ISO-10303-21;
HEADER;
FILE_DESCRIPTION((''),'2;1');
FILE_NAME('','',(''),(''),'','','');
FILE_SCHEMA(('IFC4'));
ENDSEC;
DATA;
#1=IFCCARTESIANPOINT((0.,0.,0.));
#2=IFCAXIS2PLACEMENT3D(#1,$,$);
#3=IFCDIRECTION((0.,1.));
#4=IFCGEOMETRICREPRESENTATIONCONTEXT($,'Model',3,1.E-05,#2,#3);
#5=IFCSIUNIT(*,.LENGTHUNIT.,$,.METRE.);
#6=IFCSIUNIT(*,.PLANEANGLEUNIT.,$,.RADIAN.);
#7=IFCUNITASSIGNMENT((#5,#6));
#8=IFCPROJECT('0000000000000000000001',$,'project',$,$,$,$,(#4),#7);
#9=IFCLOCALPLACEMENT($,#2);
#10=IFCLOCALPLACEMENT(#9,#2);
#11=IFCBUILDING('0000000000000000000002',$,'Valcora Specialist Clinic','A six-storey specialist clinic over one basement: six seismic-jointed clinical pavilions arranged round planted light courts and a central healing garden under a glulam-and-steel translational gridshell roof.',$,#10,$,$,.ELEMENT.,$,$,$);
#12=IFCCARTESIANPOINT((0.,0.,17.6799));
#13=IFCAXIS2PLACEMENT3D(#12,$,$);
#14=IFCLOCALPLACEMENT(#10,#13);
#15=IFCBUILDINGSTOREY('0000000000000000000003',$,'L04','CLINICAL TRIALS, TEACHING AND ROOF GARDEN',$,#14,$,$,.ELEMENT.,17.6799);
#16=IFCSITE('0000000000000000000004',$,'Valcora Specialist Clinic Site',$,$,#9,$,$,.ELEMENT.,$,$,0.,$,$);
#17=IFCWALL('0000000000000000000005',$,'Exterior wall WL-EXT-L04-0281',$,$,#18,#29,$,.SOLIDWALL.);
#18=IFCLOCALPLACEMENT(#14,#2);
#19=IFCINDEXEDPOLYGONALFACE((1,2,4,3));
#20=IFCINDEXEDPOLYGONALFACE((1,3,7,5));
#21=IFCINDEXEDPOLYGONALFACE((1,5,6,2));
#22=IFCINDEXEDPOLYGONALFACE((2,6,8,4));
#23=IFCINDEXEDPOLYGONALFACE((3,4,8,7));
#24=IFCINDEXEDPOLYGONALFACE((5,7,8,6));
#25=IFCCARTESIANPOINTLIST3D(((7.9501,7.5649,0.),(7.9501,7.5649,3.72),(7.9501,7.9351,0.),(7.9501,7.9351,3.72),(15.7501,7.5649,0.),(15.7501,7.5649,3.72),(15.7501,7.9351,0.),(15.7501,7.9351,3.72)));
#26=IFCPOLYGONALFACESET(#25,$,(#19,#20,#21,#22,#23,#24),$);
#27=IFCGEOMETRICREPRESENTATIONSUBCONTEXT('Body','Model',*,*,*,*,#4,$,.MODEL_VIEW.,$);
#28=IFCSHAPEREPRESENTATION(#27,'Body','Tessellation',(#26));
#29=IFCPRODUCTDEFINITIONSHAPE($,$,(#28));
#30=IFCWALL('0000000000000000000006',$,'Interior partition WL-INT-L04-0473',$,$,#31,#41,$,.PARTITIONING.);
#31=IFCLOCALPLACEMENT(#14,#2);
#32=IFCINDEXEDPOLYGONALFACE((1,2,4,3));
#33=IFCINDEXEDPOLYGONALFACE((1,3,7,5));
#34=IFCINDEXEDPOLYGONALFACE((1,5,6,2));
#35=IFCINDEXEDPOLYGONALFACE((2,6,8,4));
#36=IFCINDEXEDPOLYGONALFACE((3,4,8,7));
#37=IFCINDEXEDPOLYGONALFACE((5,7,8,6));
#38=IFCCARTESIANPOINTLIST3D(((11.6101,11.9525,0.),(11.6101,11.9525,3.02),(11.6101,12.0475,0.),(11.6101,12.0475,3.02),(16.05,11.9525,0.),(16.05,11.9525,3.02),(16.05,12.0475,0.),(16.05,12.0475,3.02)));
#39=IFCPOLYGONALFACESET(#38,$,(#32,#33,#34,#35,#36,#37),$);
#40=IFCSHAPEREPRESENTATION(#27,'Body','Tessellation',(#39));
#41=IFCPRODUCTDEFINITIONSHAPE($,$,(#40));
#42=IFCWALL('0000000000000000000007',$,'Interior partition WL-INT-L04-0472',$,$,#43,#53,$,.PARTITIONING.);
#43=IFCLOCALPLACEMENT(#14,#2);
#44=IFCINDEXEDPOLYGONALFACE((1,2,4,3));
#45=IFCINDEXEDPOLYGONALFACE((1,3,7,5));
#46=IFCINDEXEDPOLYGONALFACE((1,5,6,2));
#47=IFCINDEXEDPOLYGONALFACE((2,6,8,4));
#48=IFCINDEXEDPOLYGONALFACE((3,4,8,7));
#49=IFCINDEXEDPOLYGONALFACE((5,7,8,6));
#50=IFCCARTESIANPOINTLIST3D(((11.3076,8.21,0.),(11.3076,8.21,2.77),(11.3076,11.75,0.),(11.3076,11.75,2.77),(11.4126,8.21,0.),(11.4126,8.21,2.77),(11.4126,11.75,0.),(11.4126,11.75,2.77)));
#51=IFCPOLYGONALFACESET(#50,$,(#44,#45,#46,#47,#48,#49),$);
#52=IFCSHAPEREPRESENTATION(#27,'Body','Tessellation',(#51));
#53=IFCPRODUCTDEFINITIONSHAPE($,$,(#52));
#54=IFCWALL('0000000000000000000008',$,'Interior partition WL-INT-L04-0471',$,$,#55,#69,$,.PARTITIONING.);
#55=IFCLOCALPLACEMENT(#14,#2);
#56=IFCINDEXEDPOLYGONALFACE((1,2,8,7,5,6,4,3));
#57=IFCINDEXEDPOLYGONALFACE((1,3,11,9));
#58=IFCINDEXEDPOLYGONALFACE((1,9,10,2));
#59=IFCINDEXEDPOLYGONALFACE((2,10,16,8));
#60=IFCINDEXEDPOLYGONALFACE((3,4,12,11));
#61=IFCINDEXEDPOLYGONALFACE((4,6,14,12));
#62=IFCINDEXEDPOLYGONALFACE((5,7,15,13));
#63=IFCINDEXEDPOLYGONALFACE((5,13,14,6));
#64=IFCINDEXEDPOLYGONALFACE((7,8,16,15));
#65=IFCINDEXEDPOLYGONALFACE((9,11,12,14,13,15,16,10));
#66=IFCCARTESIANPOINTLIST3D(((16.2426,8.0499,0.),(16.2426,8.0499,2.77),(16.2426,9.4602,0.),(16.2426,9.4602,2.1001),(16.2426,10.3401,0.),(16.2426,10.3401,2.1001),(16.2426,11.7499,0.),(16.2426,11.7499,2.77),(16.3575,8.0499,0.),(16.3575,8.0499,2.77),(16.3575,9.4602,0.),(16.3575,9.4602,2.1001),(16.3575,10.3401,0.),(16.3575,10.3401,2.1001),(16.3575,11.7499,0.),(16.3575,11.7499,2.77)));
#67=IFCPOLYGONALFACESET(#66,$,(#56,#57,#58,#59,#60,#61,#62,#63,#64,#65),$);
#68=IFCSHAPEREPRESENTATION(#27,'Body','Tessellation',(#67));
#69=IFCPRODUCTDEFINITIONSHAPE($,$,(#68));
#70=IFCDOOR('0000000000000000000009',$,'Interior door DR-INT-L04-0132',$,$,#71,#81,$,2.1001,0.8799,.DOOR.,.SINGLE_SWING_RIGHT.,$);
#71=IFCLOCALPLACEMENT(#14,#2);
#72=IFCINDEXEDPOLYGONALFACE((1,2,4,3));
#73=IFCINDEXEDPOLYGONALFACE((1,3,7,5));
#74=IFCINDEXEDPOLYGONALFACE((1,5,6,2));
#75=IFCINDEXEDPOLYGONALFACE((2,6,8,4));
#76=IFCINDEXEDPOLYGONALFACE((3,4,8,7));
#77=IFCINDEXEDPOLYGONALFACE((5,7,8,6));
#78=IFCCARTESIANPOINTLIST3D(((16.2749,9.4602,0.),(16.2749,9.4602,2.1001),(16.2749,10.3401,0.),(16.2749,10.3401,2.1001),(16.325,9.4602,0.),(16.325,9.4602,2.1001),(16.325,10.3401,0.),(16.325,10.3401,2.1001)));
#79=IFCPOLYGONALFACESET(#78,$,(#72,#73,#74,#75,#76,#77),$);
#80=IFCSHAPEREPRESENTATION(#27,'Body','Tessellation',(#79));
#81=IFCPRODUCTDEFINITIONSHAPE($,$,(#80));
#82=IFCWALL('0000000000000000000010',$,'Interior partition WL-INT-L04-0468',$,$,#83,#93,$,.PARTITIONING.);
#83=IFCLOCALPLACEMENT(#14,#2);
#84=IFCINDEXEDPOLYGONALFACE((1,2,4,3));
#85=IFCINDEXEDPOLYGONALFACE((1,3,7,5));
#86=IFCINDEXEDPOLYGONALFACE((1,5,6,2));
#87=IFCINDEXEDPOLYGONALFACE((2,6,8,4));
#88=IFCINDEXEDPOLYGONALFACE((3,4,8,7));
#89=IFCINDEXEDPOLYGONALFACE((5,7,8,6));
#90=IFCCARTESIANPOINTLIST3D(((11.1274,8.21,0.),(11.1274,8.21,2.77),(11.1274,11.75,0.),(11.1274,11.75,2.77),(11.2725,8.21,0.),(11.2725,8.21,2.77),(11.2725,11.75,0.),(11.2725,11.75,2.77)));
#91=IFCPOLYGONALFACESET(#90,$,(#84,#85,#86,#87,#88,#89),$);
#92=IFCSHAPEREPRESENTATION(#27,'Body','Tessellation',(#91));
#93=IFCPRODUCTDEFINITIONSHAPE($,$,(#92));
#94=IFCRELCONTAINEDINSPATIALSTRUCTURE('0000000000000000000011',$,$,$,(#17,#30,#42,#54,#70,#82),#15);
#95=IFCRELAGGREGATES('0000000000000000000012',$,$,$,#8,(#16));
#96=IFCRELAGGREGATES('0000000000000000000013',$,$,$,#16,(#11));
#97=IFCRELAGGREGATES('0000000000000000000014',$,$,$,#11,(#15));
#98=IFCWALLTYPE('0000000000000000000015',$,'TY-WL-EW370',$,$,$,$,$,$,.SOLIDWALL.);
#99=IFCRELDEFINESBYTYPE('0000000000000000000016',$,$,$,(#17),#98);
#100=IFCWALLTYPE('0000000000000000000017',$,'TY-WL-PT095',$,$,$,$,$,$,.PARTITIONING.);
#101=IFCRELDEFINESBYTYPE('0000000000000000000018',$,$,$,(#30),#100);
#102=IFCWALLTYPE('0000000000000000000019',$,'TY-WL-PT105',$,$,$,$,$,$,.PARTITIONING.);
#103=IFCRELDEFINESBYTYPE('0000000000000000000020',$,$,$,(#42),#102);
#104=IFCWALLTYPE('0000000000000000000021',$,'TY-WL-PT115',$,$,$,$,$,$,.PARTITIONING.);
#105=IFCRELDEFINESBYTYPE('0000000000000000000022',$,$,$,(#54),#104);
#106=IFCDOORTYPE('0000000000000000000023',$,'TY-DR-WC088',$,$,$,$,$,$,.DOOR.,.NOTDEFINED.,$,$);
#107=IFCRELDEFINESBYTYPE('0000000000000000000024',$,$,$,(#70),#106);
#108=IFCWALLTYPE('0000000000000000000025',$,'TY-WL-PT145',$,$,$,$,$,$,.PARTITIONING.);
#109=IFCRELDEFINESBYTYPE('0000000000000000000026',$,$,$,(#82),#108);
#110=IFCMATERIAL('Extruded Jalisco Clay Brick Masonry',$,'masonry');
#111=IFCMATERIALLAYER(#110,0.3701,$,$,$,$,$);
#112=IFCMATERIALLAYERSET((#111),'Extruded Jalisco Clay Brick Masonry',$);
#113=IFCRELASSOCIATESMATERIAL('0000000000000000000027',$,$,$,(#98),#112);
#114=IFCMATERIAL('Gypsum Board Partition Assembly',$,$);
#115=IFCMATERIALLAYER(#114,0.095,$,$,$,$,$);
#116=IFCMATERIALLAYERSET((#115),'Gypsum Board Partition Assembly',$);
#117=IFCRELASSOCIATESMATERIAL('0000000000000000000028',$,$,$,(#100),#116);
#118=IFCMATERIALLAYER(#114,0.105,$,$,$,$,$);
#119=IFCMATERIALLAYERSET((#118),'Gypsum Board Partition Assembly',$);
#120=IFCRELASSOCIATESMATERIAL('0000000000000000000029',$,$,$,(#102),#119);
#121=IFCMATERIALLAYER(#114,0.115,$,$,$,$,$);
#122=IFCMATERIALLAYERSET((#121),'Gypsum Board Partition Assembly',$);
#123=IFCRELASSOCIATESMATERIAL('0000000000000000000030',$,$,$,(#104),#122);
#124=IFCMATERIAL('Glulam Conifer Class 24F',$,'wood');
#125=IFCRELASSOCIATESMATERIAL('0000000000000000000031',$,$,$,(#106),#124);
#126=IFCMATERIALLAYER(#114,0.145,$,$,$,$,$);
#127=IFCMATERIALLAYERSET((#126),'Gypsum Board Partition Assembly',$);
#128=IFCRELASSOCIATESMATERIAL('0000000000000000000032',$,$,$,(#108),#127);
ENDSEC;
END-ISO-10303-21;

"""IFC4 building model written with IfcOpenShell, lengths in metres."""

from ifc_helpers import new_model, si_unit, direction, frame, frame_2d, origin, place, context, subcontext, project, spatial, rectangle, extrude, material, layer, layer_set, type_object, element, fill, save


model = new_model("IFC4")

# Units and contexts
model_context = context("Model", 3, precision=1e-05, world=origin(), true_north=direction((0.0, 1.0)))
body_context = subcontext(model_context, "Body", "Model", "MODEL_VIEW")
ifc_project = project(units=[si_unit("LENGTHUNIT", "METRE"), si_unit("PLANEANGLEUNIT", "RADIAN")], contexts=[model_context])

# Site, building, storey
site_placement = place(None, origin())
site = spatial("IfcSite", under=ifc_project, at=site_placement, Name="Valcora Specialist Clinic Site", CompositionType="ELEMENT", RefElevation=0.0)
building_placement = place(site_placement, origin())
building = spatial("IfcBuilding", under=site, at=building_placement, Name="Valcora Specialist Clinic", Description="A six-storey specialist clinic over one basement: six seismic-jointed clinical pavilions arranged round planted light courts and a central healing garden under a glulam-and-steel translational gridshell roof.", CompositionType="ELEMENT")
storey_placement = place(building_placement, frame((0.0, 0.0, 17.6799)))
storey = spatial("IfcBuildingStorey", under=building, at=storey_placement, Name="L04", Description="CLINICAL TRIALS, TEACHING AND ROOF GARDEN", CompositionType="ELEMENT", Elevation=17.6799)

# Walls
ifc_material_1 = material(Name="Extruded Jalisco Clay Brick Masonry", Category="masonry")
ifc_layer_1 = layer(ifc_material_1, 0.3701)
ifc_layer_set_1 = layer_set([ifc_layer_1], Name="Extruded Jalisco Clay Brick Masonry")
wall_type_1 = type_object("IfcWallType", Name="TY-WL-EW370", PredefinedType="SOLIDWALL", material=ifc_layer_set_1)
wall_1_placement = place(storey_placement, frame((15.75, 7.75, 0.0), z_axis=(0.0, 0.0, 1.0), x_axis=(-1.0, 0.0, 0.0)))
element("IfcWall", 1, at=wall_1_placement, inside=storey, type_object=wall_type_1, Name="Exterior wall WL-EXT-L04-0281", PredefinedType="SOLIDWALL", context=body_context, shape_type="SweptSolid", body=[
    extrude(rectangle(XDim=7.8, YDim=0.3701, at=frame_2d((3.8999, 0.0))), origin(), (0.0, 0.0, 1.0), 3.72),
])
ifc_material_2 = material(Name="Gypsum Board Partition Assembly")
ifc_layer_2 = layer(ifc_material_2, 0.095)
ifc_layer_set_2 = layer_set([ifc_layer_2], Name="Gypsum Board Partition Assembly")
wall_type_2 = type_object("IfcWallType", Name="TY-WL-PT095", PredefinedType="PARTITIONING", material=ifc_layer_set_2)
wall_2_placement = place(storey_placement, frame((11.6101, 12.0, 0.0), z_axis=(0.0, 0.0, 1.0), x_axis=(1.0, 0.0, 0.0)))
element("IfcWall", 2, at=wall_2_placement, inside=storey, type_object=wall_type_2, Name="Interior partition WL-INT-L04-0473", PredefinedType="PARTITIONING", context=body_context, shape_type="SweptSolid", body=[
    extrude(rectangle(XDim=4.4399, YDim=0.095, at=frame_2d((2.22, 0.0))), origin(), (0.0, 0.0, 1.0), 3.02),
])
ifc_layer_3 = layer(ifc_material_2, 0.105)
ifc_layer_set_3 = layer_set([ifc_layer_3], Name="Gypsum Board Partition Assembly")
wall_type_3 = type_object("IfcWallType", Name="TY-WL-PT105", PredefinedType="PARTITIONING", material=ifc_layer_set_3)
wall_3_placement = place(storey_placement, frame((11.3601, 8.21, 0.0), z_axis=(0.0, 0.0, 1.0), x_axis=(0.0, 1.0, 0.0)))
element("IfcWall", 3, at=wall_3_placement, inside=storey, type_object=wall_type_3, Name="Interior partition WL-INT-L04-0472", PredefinedType="PARTITIONING", context=body_context, shape_type="SweptSolid", body=[
    extrude(rectangle(XDim=3.54, YDim=0.105, at=frame_2d((1.77, 0.0))), origin(), (0.0, 0.0, 1.0), 2.77),
])

# Wall, opening, door
ifc_layer_4 = layer(ifc_material_2, 0.115)
ifc_layer_set_4 = layer_set([ifc_layer_4], Name="Gypsum Board Partition Assembly")
wall_type_4 = type_object("IfcWallType", Name="TY-WL-PT115", PredefinedType="PARTITIONING", material=ifc_layer_set_4)
wall_4_placement = place(storey_placement, frame((16.3, 11.75, 0.0), z_axis=(0.0, 0.0, 1.0), x_axis=(0.0, -1.0, 0.0)))
wall_4 = element("IfcWall", 4, at=wall_4_placement, inside=storey, type_object=wall_type_4, Name="Interior partition WL-INT-L04-0471", PredefinedType="PARTITIONING", context=body_context, shape_type="SweptSolid", body=[
    extrude(rectangle(XDim=3.7, YDim=0.115, at=frame_2d((1.8501, 0.0))), origin(), (0.0, 0.0, 1.0), 2.77),
])
opening_placement = place(wall_4_placement, frame((1.4099, 0.0, 0.0)))
opening = element("IfcOpeningElement", 5, at=opening_placement, cuts=wall_4, PredefinedType="OPENING", context=body_context, shape_type="SweptSolid", body=[
    extrude(rectangle(XDim=0.8799, YDim=2.1001, at=frame_2d((0.4399, 1.05))), frame((0.0, 0.0674, 0.0), z_axis=(0.0, -1.0, 0.0), x_axis=(1.0, 0.0, 0.0)), (0.0, 0.0, 1.0), 0.135),
])
ifc_material_3 = material(Name="Glulam Conifer Class 24F", Category="wood")
door_type = type_object("IfcDoorType", Name="TY-DR-WC088", OperationType="NOTDEFINED", PredefinedType="DOOR", material=ifc_material_3)
door_placement = place(opening_placement, origin())
door = element("IfcDoor", 6, at=door_placement, inside=storey, type_object=door_type, Name="Interior door DR-INT-L04-0132", OperationType="SINGLE_SWING_RIGHT", OverallHeight=2.1001, OverallWidth=0.8799, PredefinedType="DOOR", context=body_context, shape_type="SweptSolid", body=[
    extrude(rectangle(XDim=0.8799, YDim=2.1001, at=frame_2d((0.4399, 1.05))), frame((0.0, 0.0249, 0.0), z_axis=(0.0, -1.0, 0.0), x_axis=(1.0, 0.0, 0.0)), (0.0, 0.0, 1.0), 0.05),
])
fill(opening, door)

# Wall
ifc_layer_5 = layer(ifc_material_2, 0.145)
ifc_layer_set_5 = layer_set([ifc_layer_5], Name="Gypsum Board Partition Assembly")
wall_type_5 = type_object("IfcWallType", Name="TY-WL-PT145", PredefinedType="PARTITIONING", material=ifc_layer_set_5)
wall_5_placement = place(storey_placement, frame((11.2, 11.75, 0.0), z_axis=(0.0, 0.0, 1.0), x_axis=(0.0, -1.0, 0.0)))
element("IfcWall", 7, at=wall_5_placement, inside=storey, type_object=wall_type_5, Name="Interior partition WL-INT-L04-0468", PredefinedType="PARTITIONING", context=body_context, shape_type="SweptSolid", body=[
    extrude(rectangle(XDim=3.54, YDim=0.145, at=frame_2d((1.77, 0.0))), origin(), (0.0, 0.0, 1.0), 2.77),
])

save(model, "model.ifc")
